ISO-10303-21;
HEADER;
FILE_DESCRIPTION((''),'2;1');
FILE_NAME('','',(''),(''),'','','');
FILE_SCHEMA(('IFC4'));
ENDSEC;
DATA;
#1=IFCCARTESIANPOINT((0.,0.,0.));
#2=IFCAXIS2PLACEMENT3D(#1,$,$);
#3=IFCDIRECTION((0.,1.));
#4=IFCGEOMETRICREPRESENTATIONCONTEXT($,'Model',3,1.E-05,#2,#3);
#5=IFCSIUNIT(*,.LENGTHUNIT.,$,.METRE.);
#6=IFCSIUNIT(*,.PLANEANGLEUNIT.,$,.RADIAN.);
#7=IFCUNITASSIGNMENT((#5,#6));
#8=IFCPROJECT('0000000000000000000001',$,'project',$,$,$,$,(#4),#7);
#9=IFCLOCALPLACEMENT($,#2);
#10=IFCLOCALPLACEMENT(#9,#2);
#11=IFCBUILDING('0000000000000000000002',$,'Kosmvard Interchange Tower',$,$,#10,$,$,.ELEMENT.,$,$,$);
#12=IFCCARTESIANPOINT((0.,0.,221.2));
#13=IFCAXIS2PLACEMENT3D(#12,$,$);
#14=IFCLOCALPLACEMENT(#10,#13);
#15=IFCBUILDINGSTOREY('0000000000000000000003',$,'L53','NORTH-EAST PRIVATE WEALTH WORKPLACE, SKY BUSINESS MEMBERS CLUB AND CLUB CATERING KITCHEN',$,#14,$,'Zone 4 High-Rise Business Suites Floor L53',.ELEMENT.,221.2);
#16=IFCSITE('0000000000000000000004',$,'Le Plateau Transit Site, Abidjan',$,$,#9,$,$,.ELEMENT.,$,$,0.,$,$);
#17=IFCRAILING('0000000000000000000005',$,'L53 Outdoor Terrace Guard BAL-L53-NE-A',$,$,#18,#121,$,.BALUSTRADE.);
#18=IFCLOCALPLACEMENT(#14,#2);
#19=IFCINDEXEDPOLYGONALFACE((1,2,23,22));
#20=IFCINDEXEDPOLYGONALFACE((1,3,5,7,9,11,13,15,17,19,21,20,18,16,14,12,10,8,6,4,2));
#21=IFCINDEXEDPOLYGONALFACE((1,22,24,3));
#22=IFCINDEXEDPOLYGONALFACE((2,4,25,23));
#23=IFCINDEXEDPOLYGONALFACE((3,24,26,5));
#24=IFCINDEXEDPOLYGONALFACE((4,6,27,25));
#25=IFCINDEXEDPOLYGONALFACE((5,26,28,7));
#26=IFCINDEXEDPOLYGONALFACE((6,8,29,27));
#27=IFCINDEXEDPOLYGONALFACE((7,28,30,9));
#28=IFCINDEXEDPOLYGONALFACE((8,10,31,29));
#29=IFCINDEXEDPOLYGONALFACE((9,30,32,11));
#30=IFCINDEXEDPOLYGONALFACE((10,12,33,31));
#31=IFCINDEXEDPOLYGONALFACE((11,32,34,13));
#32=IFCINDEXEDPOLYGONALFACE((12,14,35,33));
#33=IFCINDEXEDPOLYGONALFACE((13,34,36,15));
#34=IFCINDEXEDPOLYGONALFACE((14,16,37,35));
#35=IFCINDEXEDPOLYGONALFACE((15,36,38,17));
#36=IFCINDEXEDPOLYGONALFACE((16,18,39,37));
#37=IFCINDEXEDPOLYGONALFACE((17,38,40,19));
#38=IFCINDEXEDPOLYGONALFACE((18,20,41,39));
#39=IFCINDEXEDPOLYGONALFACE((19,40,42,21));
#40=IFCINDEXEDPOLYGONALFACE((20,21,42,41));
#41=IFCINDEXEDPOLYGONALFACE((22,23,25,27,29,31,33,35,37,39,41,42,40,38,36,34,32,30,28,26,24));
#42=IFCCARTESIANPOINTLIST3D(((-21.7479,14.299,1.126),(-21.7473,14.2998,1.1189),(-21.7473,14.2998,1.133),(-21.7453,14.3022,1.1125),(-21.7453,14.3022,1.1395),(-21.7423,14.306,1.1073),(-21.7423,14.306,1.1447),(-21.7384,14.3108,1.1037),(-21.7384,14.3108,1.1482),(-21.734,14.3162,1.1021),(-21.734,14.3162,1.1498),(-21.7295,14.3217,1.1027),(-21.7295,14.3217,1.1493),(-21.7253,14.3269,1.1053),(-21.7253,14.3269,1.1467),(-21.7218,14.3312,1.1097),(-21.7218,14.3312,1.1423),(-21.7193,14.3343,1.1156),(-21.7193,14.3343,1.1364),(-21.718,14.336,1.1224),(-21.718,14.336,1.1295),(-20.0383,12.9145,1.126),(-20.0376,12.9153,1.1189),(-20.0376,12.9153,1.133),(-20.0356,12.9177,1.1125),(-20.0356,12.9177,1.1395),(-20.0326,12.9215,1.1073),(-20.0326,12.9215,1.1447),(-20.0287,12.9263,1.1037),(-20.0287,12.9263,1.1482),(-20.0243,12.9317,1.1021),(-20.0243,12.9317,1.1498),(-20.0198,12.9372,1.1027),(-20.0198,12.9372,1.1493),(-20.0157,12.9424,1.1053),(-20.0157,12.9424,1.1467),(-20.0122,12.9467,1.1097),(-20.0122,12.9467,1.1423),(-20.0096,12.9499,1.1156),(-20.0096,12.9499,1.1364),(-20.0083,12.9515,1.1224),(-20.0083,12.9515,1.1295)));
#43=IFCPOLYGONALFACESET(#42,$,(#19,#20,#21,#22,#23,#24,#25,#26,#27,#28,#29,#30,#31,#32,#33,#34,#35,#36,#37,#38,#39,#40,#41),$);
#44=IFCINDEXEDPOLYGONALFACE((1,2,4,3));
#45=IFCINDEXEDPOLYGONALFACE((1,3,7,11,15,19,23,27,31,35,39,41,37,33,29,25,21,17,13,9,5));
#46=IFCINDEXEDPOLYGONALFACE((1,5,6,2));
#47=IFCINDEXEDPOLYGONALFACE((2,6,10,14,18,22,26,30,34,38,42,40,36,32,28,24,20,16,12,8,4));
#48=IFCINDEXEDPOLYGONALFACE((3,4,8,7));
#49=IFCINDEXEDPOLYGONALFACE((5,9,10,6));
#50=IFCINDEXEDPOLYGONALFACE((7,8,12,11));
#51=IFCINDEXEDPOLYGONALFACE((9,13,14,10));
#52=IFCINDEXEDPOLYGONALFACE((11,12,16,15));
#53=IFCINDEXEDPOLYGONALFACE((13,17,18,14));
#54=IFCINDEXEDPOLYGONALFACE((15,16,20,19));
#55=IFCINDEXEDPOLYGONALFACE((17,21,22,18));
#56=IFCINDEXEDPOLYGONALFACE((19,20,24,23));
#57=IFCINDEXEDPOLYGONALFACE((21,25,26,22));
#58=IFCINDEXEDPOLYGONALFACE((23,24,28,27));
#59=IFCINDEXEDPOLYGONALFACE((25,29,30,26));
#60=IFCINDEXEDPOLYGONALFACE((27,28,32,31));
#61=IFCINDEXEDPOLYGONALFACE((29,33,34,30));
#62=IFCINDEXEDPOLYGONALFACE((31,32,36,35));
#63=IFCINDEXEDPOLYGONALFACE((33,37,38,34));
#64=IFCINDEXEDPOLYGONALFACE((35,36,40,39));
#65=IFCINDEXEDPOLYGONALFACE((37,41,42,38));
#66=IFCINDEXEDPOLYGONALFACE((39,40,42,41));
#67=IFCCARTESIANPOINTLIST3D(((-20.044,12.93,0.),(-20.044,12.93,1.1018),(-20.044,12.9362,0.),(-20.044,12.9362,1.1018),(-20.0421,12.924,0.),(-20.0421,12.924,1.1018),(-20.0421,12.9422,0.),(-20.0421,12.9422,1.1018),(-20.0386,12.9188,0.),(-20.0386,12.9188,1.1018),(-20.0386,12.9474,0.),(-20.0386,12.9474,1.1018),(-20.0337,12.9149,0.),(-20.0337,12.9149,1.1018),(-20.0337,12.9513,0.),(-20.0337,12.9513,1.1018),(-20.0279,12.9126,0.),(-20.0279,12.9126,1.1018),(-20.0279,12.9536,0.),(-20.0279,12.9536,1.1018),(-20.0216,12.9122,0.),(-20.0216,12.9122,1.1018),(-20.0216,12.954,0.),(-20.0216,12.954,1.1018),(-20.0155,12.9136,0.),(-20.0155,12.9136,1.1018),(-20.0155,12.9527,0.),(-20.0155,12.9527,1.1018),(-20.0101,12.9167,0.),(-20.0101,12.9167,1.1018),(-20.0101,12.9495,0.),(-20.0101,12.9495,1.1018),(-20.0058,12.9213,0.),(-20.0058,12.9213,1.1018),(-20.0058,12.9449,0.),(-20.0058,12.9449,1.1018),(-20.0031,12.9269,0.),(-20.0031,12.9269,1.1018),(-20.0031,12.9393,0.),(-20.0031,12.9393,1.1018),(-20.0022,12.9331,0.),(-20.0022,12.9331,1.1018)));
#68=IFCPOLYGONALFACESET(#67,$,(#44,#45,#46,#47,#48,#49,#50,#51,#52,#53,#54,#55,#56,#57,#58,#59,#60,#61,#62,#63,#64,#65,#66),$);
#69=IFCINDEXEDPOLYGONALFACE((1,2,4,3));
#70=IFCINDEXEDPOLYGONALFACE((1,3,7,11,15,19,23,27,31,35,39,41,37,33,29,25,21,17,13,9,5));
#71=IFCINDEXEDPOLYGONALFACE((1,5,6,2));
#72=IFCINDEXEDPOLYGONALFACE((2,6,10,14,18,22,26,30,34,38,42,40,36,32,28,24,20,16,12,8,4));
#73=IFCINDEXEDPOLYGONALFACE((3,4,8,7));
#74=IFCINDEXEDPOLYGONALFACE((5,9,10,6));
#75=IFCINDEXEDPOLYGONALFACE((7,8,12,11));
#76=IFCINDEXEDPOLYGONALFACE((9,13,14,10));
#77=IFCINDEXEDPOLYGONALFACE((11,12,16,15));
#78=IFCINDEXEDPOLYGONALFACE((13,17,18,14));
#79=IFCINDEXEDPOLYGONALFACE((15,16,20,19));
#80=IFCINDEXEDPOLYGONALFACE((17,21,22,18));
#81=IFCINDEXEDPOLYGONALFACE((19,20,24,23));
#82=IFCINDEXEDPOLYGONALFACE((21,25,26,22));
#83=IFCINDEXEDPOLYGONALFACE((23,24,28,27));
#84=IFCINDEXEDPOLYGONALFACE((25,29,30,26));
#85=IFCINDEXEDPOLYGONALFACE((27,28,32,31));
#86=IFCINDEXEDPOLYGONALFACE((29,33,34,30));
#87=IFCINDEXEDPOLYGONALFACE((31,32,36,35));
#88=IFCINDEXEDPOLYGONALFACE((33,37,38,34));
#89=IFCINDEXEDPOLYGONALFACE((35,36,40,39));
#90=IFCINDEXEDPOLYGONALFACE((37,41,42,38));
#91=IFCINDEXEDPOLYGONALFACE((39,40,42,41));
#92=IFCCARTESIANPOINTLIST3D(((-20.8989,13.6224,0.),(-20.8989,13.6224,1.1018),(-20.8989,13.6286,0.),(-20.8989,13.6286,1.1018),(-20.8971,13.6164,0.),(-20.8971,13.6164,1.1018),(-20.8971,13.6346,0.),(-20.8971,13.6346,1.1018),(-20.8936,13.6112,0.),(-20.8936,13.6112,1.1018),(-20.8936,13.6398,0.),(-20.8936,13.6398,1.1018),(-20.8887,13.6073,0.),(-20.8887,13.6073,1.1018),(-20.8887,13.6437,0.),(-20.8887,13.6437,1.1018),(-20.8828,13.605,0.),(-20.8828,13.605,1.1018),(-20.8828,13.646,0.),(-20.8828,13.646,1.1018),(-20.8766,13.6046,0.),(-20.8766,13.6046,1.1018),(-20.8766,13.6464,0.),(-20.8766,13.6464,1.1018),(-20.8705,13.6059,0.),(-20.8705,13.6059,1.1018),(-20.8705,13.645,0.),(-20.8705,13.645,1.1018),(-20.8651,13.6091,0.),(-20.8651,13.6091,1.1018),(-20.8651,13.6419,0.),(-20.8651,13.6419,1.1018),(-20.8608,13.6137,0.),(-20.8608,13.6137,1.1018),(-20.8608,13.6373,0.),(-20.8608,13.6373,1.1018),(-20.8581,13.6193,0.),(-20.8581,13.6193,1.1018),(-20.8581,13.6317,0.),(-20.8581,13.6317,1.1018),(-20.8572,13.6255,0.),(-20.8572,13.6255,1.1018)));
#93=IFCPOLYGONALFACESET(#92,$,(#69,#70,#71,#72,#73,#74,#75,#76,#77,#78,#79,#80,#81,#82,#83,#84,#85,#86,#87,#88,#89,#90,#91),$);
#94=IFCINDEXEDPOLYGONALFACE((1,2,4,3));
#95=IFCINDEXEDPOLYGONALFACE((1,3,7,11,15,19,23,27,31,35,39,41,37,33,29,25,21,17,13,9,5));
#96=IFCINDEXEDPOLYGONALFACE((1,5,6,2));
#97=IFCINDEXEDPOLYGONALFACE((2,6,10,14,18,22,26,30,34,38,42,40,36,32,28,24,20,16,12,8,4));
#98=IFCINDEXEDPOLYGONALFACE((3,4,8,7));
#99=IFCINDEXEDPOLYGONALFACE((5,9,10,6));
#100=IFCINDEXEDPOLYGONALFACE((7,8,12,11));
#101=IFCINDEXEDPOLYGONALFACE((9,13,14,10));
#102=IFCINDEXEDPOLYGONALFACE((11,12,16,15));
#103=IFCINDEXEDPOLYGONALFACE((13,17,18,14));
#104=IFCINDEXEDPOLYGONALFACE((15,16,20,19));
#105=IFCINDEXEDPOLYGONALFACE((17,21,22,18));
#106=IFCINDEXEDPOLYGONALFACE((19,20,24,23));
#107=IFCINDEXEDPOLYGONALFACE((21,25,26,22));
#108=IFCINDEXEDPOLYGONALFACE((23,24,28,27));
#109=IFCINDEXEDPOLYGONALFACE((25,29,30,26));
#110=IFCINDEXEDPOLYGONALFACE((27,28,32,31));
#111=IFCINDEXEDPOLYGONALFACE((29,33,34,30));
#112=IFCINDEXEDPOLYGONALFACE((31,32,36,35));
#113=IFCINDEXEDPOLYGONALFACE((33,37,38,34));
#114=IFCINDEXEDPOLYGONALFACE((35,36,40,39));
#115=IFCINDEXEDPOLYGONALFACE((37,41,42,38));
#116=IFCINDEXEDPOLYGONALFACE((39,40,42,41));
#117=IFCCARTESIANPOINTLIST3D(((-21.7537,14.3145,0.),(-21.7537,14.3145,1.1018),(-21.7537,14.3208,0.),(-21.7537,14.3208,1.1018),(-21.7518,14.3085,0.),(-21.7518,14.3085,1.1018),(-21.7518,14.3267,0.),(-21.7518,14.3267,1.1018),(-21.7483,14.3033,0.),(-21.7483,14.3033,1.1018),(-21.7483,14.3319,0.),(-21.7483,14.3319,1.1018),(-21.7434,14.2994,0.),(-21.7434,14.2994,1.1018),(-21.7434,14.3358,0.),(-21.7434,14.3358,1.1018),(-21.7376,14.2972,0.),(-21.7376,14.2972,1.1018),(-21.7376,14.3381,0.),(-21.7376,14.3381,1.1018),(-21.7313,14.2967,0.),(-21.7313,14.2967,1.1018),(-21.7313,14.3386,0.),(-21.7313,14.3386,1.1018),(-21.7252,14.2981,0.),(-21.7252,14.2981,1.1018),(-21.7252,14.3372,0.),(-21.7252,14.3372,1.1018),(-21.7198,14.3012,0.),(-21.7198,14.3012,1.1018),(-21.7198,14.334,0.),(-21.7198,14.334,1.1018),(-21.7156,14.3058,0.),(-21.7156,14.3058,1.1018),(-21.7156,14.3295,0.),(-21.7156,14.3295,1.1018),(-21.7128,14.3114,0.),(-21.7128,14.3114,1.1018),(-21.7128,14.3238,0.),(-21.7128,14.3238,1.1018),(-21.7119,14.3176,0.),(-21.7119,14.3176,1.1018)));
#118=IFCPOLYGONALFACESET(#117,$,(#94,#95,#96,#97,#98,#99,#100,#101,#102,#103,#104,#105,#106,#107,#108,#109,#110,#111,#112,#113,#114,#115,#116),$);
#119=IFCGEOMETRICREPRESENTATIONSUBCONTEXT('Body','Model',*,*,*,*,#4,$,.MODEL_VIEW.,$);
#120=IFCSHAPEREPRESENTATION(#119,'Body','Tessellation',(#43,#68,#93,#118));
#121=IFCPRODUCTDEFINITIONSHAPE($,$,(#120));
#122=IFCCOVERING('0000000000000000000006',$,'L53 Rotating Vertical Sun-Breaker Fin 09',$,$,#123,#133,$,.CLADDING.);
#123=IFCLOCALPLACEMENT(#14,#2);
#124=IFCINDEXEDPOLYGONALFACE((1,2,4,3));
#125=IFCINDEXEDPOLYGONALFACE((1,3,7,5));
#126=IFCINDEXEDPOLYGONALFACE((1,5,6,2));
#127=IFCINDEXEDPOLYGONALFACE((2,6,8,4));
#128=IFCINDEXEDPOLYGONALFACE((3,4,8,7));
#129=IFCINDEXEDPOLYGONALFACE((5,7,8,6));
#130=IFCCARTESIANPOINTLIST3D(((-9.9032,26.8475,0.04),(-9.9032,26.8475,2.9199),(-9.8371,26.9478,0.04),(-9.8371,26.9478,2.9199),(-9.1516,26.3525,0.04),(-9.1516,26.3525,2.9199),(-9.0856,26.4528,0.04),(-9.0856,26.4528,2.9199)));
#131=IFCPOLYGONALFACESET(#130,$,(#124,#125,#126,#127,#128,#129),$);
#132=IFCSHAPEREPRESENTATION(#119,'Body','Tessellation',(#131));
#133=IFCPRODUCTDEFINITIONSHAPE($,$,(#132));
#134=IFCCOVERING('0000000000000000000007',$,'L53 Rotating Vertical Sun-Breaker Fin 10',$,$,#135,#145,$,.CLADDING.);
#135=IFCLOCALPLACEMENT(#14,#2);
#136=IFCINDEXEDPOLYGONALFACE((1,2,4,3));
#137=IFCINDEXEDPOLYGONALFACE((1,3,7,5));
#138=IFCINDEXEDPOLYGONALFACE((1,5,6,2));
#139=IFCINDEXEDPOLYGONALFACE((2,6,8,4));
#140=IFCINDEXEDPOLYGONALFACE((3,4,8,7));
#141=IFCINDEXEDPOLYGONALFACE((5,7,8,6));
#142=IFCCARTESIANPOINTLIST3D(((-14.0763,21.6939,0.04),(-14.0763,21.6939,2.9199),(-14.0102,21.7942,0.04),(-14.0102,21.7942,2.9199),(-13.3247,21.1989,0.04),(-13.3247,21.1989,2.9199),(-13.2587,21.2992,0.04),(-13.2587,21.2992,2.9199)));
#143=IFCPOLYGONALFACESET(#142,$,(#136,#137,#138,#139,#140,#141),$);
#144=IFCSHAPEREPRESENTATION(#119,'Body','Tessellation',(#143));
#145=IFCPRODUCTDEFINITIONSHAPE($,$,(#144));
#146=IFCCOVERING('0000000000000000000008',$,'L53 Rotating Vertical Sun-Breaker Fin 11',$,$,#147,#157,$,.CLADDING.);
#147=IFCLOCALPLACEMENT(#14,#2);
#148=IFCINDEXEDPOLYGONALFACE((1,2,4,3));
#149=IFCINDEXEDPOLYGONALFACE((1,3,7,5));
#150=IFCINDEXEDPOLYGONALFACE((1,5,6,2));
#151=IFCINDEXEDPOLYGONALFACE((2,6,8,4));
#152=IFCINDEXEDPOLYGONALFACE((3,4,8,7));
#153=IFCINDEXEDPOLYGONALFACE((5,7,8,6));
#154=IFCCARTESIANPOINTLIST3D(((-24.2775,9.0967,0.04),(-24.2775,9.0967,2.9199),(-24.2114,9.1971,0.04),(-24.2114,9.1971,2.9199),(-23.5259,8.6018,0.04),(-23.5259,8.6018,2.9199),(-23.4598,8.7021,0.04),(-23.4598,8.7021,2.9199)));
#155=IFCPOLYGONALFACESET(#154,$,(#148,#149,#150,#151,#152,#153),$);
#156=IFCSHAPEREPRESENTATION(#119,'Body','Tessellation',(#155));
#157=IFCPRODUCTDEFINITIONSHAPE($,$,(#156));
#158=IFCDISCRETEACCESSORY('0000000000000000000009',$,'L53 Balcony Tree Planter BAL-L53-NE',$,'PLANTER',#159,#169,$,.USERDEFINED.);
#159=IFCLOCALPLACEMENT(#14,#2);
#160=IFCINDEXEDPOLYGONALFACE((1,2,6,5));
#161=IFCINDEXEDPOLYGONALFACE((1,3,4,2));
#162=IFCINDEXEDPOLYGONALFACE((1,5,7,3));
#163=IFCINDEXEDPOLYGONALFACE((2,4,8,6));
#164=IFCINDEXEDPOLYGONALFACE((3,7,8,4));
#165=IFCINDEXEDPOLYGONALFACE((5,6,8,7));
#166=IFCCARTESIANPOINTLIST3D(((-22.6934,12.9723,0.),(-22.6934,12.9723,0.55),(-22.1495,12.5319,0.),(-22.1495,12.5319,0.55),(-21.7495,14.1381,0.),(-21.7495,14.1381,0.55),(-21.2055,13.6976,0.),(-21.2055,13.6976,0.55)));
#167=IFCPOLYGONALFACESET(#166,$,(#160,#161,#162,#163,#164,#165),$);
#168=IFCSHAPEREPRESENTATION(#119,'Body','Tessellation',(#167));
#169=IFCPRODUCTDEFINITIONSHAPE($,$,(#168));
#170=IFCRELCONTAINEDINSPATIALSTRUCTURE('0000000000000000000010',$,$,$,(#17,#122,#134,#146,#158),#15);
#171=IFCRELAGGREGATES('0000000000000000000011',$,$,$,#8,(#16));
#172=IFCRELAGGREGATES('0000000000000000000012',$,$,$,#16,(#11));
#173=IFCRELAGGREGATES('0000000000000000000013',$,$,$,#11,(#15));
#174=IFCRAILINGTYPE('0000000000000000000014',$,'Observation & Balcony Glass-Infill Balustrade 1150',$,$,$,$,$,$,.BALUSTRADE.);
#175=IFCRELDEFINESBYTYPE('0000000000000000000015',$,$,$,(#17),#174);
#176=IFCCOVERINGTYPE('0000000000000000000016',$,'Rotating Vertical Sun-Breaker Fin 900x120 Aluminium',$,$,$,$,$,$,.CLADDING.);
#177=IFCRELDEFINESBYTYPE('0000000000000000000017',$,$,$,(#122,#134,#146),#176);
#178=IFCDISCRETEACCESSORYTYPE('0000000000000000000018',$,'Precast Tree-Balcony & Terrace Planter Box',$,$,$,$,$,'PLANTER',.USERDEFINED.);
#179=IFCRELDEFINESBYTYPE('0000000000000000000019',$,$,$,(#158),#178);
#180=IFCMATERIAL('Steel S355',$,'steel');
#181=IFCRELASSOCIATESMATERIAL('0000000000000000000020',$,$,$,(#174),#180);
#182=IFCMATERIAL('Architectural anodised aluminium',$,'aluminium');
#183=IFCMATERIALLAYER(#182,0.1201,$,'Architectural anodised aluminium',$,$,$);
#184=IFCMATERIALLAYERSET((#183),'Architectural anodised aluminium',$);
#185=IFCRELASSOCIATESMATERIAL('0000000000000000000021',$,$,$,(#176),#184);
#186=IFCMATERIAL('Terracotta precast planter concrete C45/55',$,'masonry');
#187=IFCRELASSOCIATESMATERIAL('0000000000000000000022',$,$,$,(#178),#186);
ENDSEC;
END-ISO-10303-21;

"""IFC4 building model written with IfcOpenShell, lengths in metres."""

from ifc_helpers import new_model, si_unit, direction, frame, origin, origin_2d, place, context, subcontext, project, spatial, rectangle, circle, extrude, source, transform, mapped, material, layer, layer_set, type_object, element, save


model = new_model("IFC4")

# Units and contexts
model_context = context("Model", 3, precision=1e-05, world=origin(), true_north=direction((0.0, 1.0)))
body_context = subcontext(model_context, "Body", "Model", "MODEL_VIEW")
ifc_project = project(units=[si_unit("LENGTHUNIT", "METRE"), si_unit("PLANEANGLEUNIT", "RADIAN")], contexts=[model_context])

# Site, building, storey
site_placement = place(None, origin())
site = spatial("IfcSite", under=ifc_project, at=site_placement, Name="Le Plateau Transit Site, Abidjan", CompositionType="ELEMENT", RefElevation=0.0)
building_placement = place(site_placement, origin())
building = spatial("IfcBuilding", under=site, at=building_placement, Name="Kosmvard Interchange Tower", CompositionType="ELEMENT")
storey_placement = place(building_placement, frame((0.0, 0.0, 221.2)))
storey = spatial("IfcBuildingStorey", under=building, at=storey_placement, Name="L53", Description="NORTH-EAST PRIVATE WEALTH WORKPLACE, SKY BUSINESS MEMBERS CLUB AND CLUB CATERING KITCHEN", LongName="Zone 4 High-Rise Business Suites Floor L53", CompositionType="ELEMENT", Elevation=221.2)

# Shared definitions
ifc_material_1 = material(Name="Steel S355", Category="steel")

# Railing
railing_type = type_object("IfcRailingType", Name="Observation & Balcony Glass-Infill Balustrade 1150", PredefinedType="BALUSTRADE", material=ifc_material_1)
shared_shape_1 = source(origin(), body_context, "Body", "SweptSolid", [
    extrude(circle(Radius=0.0239, at=origin_2d()), frame((0.0, 0.0, 1.126), z_axis=(-0.777141, 0.629326, 0.0), x_axis=(-0.629326, -0.777141, 0.0)), (0.0, 0.0, 1.0), 2.2),
    extrude(circle(Radius=0.021, at=origin_2d()), origin(), (0.0, 0.0, 1.0), 1.1018),
    extrude(circle(Radius=0.021, at=origin_2d()), frame((-0.855, 0.6924, 0.0)), (0.0, 0.0, 1.0), 1.1018),
    extrude(circle(Radius=0.021, at=origin_2d()), frame((-1.7097, 1.3845, 0.0)), (0.0, 0.0, 1.0), 1.1018),
])
railing_1_placement = place(storey_placement, frame((-20.0232, 12.9331, 0.0)))
element("IfcRailing", 1, at=railing_1_placement, inside=storey, type_object=railing_type, Name="L53 Outdoor Terrace Guard BAL-L53-NE-A", PredefinedType="BALUSTRADE", context=body_context, shape_type="MappedRepresentation", body=[
    mapped(shared_shape_1, transform((0.0, 0.0, 0.0), scale=1.0)),
])

# Coverings
ifc_material_2 = material(Name="Architectural anodised aluminium", Category="aluminium")
ifc_layer_1 = layer(ifc_material_2, 0.1201, Name="Architectural anodised aluminium")
ifc_layer_set_1 = layer_set([ifc_layer_1], Name="Architectural anodised aluminium")
covering_type = type_object("IfcCoveringType", Name="Rotating Vertical Sun-Breaker Fin 900x120 Aluminium", PredefinedType="CLADDING", material=ifc_layer_set_1)
shared_shape_2 = source(origin(), body_context, "Body", "SweptSolid", [
    extrude(rectangle(XDim=0.8999, YDim=0.1201, at=origin_2d()), origin(), (0.0, 0.0, 1.0), 2.8799),
])
for number, where, z_axis, x_axis, name in (
    (2, (-9.4944, 26.6501, 0.04), (0.0, 0.0, 1.0), (-0.835136, 0.550044, 0.0), "L53 Rotating Vertical Sun-Breaker Fin 09"),
    (3, (-13.6675, 21.4966, 0.04), (0.0, 0.0, 1.0), (-0.835136, 0.550044, 0.0), "L53 Rotating Vertical Sun-Breaker Fin 10"),
    (4, (-23.8687, 8.8994, 0.04), (0.0, 0.0, 1.0), (-0.835136, 0.550044, 0.0), "L53 Rotating Vertical Sun-Breaker Fin 11"),
):
    element("IfcCovering", number, at=place(storey_placement, frame(where, z_axis=z_axis, x_axis=x_axis)), inside=storey, type_object=covering_type, Name=name, PredefinedType="CLADDING", context=body_context, shape_type="MappedRepresentation", body=[
        mapped(shared_shape_2, transform((0.0, 0.0, 0.0), scale=1.0)),
    ])

# Discrete accessory
ifc_material_3 = material(Name="Terracotta precast planter concrete C45/55", Category="masonry")
discrete_accessory_type = type_object("IfcDiscreteAccessoryType", Name="Precast Tree-Balcony & Terrace Planter Box", ElementType="PLANTER", PredefinedType="USERDEFINED", material=ifc_material_3)
shared_shape_3 = source(origin(), body_context, "Body", "SweptSolid", [
    extrude(rectangle(XDim=1.5, YDim=0.7, at=origin_2d()), origin(), (0.0, 0.0, 1.0), 0.55),
])
discrete_accessory_placement = place(storey_placement, frame((-21.9495, 13.335, 0.0), z_axis=(0.0, 0.0, 1.0), x_axis=(0.62932, 0.777146, 0.0)))
element("IfcDiscreteAccessory", 5, at=discrete_accessory_placement, inside=storey, type_object=discrete_accessory_type, Name="L53 Balcony Tree Planter BAL-L53-NE", ObjectType="PLANTER", PredefinedType="USERDEFINED", context=body_context, shape_type="MappedRepresentation", body=[
    mapped(shared_shape_3, transform((0.0, 0.0, 0.0), scale=1.0)),
])

save(model, "model.ifc")
